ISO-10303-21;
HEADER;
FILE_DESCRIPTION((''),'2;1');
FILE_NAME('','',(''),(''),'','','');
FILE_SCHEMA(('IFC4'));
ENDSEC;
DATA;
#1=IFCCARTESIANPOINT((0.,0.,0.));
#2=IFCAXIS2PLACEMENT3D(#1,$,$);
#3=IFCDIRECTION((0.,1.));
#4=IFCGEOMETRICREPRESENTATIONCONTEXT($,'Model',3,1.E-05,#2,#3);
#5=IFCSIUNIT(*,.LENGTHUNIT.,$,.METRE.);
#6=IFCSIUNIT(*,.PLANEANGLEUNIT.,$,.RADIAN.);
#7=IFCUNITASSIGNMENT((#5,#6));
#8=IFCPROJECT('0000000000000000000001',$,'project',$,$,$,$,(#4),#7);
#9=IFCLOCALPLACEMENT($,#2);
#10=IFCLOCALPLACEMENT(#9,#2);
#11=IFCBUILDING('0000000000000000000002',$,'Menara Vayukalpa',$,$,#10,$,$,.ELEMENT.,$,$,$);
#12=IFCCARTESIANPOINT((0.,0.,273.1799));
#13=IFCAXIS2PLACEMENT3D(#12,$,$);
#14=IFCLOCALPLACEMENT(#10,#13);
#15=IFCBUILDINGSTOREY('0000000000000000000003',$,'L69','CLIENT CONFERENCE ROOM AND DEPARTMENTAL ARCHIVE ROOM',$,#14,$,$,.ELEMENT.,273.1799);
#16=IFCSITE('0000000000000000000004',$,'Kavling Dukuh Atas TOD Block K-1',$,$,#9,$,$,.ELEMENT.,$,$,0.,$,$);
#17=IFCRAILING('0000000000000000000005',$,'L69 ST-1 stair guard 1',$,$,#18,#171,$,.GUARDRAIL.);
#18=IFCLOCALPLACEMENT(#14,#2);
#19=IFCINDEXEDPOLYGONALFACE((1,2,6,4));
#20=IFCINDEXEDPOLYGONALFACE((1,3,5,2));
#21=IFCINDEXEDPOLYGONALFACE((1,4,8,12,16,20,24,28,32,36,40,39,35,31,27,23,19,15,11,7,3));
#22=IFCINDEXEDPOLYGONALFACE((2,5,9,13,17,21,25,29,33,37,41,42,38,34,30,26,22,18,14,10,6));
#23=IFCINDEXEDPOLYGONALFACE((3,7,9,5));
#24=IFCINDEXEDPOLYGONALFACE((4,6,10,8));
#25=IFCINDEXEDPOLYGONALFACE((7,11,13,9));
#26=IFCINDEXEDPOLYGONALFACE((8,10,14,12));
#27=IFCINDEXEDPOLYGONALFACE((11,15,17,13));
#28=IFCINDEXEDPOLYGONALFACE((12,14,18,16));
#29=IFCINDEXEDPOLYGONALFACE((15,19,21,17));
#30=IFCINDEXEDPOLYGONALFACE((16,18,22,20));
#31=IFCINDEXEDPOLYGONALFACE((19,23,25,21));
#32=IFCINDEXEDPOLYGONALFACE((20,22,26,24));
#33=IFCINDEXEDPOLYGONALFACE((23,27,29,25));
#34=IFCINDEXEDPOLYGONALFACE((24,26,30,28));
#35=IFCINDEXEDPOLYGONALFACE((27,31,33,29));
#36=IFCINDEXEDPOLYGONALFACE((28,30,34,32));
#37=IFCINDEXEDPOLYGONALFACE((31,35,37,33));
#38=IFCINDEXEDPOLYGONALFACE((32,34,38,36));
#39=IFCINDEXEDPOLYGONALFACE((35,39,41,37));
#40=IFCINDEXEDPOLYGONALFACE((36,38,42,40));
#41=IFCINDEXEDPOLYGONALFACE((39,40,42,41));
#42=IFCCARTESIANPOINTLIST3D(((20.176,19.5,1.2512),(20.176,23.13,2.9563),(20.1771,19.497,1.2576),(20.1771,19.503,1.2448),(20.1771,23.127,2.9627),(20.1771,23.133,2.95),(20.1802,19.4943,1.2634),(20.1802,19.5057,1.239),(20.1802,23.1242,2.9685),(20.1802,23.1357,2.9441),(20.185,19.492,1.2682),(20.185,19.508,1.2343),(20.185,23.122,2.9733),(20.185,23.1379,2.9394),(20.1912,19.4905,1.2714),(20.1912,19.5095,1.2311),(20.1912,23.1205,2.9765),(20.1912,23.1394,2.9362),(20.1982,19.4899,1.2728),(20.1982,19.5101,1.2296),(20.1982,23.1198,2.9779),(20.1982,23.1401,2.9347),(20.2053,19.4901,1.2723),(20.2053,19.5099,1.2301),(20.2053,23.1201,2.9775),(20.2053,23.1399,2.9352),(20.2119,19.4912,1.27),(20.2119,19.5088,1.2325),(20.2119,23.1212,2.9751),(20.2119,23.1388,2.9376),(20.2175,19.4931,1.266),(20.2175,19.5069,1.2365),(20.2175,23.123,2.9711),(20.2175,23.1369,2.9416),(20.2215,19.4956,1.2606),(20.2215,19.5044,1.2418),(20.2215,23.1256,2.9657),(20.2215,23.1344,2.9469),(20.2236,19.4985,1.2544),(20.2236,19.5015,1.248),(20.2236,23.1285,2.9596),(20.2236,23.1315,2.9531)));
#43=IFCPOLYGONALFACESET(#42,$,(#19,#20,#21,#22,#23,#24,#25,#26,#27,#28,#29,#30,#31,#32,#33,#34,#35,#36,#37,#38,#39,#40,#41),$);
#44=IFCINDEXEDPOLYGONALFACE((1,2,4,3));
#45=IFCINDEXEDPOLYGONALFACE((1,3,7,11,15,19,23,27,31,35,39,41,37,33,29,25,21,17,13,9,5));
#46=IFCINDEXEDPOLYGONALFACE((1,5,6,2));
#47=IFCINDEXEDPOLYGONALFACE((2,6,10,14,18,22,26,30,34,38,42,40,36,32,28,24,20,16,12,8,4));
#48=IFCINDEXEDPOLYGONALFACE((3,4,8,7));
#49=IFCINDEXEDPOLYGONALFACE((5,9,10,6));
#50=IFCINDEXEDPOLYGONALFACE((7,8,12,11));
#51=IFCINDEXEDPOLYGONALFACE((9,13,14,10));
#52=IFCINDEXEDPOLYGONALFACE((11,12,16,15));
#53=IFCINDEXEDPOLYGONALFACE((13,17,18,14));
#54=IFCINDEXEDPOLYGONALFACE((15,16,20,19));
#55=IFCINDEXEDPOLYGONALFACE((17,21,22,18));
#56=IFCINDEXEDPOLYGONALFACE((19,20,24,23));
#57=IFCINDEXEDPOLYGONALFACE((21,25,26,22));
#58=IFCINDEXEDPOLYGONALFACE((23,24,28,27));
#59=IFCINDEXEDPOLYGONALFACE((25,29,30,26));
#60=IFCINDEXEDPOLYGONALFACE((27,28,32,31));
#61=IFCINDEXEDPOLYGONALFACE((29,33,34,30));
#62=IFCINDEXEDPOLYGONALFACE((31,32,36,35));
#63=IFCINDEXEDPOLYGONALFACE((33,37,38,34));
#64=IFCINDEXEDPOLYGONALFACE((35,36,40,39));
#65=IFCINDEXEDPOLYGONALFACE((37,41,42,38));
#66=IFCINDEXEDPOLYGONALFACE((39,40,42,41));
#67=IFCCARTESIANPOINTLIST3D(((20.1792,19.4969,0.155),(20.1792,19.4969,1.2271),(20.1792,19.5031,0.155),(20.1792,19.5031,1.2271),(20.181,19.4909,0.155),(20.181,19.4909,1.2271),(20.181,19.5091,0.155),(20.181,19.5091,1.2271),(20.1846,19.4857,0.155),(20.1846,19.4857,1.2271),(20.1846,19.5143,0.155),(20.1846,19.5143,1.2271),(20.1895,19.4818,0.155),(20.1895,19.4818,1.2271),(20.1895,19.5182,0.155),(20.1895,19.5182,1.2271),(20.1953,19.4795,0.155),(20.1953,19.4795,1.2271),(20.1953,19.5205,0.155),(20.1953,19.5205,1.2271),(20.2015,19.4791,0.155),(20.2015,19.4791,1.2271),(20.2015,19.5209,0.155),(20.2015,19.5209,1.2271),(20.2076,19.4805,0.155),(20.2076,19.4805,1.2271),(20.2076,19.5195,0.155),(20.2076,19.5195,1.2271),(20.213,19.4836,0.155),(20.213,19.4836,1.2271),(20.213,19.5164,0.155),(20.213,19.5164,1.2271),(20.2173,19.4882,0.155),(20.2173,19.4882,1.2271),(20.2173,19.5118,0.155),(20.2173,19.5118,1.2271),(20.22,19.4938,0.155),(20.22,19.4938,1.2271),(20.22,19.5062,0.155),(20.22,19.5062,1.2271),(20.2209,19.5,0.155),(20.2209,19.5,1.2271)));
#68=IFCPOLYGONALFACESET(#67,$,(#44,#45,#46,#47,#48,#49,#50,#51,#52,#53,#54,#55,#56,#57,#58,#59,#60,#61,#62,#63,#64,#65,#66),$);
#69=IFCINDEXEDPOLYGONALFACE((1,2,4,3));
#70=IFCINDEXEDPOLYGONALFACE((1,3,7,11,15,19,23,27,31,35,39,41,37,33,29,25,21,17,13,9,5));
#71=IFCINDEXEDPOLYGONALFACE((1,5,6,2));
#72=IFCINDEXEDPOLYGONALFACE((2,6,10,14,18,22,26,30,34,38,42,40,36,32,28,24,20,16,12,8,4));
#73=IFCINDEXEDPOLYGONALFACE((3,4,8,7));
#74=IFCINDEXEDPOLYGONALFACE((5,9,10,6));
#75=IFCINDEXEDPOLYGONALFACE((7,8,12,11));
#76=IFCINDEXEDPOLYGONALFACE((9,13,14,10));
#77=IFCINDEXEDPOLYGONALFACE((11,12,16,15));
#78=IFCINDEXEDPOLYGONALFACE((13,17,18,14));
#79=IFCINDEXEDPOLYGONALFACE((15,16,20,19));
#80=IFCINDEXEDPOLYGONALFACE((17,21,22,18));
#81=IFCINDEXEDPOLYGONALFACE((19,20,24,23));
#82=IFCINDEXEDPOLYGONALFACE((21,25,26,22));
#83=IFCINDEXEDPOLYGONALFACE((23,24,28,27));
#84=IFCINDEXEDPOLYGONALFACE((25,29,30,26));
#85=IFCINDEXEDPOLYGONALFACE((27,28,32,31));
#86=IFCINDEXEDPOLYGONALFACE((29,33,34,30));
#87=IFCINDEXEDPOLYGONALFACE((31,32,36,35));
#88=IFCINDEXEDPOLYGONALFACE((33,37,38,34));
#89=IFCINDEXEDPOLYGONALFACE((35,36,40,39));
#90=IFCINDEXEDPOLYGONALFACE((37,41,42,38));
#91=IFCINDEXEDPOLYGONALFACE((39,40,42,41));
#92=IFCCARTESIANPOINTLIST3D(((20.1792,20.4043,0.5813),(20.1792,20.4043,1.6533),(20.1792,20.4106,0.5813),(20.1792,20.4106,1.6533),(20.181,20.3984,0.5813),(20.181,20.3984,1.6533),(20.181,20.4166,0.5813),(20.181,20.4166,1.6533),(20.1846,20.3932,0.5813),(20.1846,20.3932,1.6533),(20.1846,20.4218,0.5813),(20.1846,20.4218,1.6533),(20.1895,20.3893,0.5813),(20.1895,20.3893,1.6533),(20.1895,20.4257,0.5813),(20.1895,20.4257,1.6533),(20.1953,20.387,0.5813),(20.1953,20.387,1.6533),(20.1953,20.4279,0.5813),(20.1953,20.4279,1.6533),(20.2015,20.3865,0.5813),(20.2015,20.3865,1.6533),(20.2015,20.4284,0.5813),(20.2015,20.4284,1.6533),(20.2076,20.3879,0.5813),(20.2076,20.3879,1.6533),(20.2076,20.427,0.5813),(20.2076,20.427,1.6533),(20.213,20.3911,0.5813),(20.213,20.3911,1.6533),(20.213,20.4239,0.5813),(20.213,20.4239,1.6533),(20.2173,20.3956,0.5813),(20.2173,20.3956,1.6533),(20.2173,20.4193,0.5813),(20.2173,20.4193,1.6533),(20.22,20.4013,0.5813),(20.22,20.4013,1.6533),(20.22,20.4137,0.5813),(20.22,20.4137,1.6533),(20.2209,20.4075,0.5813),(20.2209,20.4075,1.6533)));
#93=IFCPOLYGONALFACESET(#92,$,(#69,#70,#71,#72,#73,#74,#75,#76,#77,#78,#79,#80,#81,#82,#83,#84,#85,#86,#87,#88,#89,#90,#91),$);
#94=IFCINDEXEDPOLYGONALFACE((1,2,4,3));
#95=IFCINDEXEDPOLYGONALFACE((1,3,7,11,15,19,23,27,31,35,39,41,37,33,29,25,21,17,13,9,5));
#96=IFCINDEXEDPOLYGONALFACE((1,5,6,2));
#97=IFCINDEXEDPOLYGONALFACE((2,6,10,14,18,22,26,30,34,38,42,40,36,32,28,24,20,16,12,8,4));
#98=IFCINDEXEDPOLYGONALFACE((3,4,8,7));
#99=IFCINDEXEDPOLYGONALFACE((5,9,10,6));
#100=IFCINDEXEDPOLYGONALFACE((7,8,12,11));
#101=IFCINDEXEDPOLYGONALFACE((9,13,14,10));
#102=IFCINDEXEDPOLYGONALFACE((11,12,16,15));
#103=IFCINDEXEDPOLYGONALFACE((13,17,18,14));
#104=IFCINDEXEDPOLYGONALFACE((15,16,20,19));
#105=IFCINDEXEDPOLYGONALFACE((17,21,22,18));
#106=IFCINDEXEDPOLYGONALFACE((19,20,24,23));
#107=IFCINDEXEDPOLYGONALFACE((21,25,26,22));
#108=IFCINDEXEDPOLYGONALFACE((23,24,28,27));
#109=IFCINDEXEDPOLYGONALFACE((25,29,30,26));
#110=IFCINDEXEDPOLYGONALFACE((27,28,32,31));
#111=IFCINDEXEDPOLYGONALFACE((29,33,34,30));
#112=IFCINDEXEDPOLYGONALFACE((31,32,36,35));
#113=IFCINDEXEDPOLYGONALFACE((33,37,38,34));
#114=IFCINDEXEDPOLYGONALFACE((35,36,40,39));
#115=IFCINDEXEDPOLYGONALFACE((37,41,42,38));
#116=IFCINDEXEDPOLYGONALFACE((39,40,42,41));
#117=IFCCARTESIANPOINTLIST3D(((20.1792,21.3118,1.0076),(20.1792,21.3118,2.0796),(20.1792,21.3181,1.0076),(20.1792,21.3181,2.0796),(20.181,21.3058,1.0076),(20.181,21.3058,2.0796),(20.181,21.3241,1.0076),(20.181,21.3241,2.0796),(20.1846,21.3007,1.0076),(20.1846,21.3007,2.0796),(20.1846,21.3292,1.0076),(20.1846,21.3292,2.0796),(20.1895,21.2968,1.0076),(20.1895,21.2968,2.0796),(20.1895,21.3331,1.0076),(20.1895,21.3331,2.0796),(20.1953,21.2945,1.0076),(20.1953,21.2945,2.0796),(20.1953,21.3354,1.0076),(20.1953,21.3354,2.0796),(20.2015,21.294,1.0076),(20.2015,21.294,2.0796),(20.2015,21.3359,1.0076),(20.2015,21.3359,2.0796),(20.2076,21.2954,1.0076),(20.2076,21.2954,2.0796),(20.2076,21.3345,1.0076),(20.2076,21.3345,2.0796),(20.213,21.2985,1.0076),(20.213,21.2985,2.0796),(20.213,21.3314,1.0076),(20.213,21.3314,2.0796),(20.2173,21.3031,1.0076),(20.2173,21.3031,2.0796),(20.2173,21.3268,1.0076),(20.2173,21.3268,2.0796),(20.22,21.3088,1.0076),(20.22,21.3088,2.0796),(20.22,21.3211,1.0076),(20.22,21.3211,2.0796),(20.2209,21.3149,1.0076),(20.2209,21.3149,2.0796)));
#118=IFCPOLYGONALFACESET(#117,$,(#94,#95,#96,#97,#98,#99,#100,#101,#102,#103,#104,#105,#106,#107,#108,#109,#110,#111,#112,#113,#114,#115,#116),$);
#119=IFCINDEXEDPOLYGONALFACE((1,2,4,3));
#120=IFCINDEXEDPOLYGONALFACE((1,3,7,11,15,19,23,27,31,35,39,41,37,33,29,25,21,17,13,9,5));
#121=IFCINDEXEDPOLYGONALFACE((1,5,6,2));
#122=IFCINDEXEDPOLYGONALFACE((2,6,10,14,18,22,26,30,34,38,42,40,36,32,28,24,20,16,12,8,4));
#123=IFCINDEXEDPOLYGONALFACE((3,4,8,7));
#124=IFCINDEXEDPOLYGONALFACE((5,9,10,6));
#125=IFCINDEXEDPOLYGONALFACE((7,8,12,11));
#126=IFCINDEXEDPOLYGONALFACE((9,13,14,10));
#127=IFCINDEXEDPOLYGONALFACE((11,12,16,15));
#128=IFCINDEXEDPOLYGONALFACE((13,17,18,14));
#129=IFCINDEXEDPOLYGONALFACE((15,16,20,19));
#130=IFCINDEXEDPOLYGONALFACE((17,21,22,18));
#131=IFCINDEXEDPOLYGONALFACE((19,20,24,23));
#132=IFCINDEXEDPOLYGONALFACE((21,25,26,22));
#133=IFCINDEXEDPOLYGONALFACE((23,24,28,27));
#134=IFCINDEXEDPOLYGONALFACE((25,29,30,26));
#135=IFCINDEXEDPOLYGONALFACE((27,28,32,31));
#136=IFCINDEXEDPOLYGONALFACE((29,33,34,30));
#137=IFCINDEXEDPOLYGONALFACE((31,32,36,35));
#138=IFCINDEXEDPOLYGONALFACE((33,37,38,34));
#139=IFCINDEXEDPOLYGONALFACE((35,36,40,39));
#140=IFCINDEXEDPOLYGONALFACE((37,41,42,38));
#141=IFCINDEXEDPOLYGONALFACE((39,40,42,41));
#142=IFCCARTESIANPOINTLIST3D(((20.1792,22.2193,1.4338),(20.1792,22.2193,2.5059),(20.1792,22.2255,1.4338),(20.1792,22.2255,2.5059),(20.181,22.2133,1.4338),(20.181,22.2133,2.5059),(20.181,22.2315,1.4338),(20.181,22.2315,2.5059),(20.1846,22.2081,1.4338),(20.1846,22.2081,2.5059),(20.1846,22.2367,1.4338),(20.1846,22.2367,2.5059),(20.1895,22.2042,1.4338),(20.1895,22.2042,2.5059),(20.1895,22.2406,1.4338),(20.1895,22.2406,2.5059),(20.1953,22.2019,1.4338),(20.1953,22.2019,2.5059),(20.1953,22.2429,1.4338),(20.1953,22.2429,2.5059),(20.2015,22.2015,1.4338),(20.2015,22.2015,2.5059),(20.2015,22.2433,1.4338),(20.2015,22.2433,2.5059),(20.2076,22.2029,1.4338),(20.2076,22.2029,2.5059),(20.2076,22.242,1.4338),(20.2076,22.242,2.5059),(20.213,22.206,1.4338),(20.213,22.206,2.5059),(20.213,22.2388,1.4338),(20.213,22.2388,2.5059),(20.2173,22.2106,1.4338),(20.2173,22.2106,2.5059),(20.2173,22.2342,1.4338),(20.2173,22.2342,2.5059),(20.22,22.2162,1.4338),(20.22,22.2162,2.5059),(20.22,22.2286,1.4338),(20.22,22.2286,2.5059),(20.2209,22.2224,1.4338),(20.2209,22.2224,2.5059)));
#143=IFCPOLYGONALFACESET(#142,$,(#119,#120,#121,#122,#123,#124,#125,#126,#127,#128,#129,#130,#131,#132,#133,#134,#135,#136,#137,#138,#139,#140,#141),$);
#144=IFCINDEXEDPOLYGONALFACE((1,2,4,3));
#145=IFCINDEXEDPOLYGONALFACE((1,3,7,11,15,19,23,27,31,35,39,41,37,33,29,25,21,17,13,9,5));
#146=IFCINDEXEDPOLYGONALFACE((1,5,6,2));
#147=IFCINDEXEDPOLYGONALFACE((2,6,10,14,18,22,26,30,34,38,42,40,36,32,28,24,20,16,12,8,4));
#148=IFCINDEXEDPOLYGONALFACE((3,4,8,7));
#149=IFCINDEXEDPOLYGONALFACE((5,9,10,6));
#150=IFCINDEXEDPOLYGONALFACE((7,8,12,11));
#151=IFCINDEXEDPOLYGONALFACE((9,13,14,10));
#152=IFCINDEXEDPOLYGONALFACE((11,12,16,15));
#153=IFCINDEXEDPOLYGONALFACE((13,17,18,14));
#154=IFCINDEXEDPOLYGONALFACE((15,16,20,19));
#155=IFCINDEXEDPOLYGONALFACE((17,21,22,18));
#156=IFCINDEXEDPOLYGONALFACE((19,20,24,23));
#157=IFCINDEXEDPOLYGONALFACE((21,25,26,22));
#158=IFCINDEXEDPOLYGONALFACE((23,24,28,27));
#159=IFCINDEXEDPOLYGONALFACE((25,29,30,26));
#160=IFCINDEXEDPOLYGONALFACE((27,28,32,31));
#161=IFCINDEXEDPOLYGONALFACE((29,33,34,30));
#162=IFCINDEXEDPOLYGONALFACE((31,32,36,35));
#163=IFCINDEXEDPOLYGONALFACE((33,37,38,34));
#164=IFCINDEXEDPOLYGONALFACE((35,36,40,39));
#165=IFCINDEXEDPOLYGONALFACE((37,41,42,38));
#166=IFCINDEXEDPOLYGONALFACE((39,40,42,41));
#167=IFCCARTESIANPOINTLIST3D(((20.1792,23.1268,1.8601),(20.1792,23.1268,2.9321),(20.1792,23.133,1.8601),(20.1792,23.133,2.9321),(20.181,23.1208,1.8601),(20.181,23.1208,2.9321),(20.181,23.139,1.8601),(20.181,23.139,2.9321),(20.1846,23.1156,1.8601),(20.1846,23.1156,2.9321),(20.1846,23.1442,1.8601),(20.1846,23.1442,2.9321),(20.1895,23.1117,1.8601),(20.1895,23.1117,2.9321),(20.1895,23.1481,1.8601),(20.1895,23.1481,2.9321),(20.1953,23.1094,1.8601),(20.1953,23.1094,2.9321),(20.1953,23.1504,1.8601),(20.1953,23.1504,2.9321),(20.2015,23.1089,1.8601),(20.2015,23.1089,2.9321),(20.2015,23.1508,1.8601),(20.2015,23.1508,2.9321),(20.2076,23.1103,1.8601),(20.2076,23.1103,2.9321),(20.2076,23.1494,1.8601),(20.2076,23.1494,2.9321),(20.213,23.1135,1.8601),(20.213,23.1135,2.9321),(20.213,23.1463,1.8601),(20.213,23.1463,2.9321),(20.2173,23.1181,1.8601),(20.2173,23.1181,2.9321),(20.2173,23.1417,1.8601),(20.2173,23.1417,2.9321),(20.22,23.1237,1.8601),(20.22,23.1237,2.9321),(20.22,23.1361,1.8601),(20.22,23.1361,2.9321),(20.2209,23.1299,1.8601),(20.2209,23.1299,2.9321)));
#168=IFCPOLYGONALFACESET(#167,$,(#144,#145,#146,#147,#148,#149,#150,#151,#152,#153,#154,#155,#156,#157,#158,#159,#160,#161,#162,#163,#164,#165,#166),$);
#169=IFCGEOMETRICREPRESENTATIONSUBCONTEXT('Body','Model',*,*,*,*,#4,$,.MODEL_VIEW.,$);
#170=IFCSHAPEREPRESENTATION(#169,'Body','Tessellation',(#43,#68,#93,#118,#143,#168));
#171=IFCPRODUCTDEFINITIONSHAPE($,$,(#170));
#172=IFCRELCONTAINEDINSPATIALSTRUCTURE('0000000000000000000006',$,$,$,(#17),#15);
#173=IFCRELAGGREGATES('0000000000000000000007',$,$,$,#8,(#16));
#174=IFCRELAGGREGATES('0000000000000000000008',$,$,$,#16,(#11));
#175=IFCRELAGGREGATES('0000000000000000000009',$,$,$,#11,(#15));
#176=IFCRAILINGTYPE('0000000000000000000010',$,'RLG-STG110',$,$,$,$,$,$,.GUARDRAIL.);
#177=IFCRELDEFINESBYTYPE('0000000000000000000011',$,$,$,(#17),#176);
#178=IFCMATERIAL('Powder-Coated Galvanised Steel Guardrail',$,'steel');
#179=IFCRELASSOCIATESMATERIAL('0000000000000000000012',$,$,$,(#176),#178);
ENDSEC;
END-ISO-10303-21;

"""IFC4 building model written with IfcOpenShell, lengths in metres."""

from ifc_helpers import new_model, si_unit, direction, frame, origin, origin_2d, place, context, subcontext, project, spatial, circle, extrude, material, type_object, element, save


model = new_model("IFC4")

# Units and contexts
model_context = context("Model", 3, precision=1e-05, world=origin(), true_north=direction((0.0, 1.0)))
body_context = subcontext(model_context, "Body", "Model", "MODEL_VIEW")
ifc_project = project(units=[si_unit("LENGTHUNIT", "METRE"), si_unit("PLANEANGLEUNIT", "RADIAN")], contexts=[model_context])

# Site, building, storey
site_placement = place(None, origin())
site = spatial("IfcSite", under=ifc_project, at=site_placement, Name="Kavling Dukuh Atas TOD Block K-1", CompositionType="ELEMENT", RefElevation=0.0)
building_placement = place(site_placement, origin())
building = spatial("IfcBuilding", under=site, at=building_placement, Name="Menara Vayukalpa", CompositionType="ELEMENT")
storey_placement = place(building_placement, frame((0.0, 0.0, 273.1799)))
storey = spatial("IfcBuildingStorey", under=building, at=storey_placement, Name="L69", Description="CLIENT CONFERENCE ROOM AND DEPARTMENTAL ARCHIVE ROOM", CompositionType="ELEMENT", Elevation=273.1799)

# Railing
ifc_material_1 = material(Name="Powder-Coated Galvanised Steel Guardrail", Category="steel")
railing_type_1 = type_object("IfcRailingType", Name="RLG-STG110", PredefinedType="GUARDRAIL", material=ifc_material_1)
railing_1_placement = place(storey_placement, frame((20.2, 19.5, 0.155)))
element("IfcRailing", 1, at=railing_1_placement, inside=storey, type_object=railing_type_1, Name="L69 ST-1 stair guard 1", PredefinedType="GUARDRAIL", context=body_context, shape_type="SweptSolid", body=[
    extrude(circle(Radius=0.0239, at=origin_2d()), frame((0.0, 0.0, 1.0962), z_axis=(0.0, 0.905116, 0.425164), x_axis=(-1.0, 0.0, 0.0)), (0.0, 0.0, 1.0), 4.0105),
    extrude(circle(Radius=0.021, at=origin_2d()), origin(), (0.0, 0.0, 1.0), 1.072),
    extrude(circle(Radius=0.021, at=origin_2d()), frame((0.0, 0.9075, 0.4263)), (0.0, 0.0, 1.0), 1.072),
    extrude(circle(Radius=0.021, at=origin_2d()), frame((0.0, 1.8149, 0.8525)), (0.0, 0.0, 1.0), 1.072),
    extrude(circle(Radius=0.021, at=origin_2d()), frame((0.0, 2.7224, 1.2788)), (0.0, 0.0, 1.0), 1.072),
    extrude(circle(Radius=0.021, at=origin_2d()), frame((0.0, 3.6299, 1.7051)), (0.0, 0.0, 1.0), 1.072),
])

save(model, "model.ifc")
